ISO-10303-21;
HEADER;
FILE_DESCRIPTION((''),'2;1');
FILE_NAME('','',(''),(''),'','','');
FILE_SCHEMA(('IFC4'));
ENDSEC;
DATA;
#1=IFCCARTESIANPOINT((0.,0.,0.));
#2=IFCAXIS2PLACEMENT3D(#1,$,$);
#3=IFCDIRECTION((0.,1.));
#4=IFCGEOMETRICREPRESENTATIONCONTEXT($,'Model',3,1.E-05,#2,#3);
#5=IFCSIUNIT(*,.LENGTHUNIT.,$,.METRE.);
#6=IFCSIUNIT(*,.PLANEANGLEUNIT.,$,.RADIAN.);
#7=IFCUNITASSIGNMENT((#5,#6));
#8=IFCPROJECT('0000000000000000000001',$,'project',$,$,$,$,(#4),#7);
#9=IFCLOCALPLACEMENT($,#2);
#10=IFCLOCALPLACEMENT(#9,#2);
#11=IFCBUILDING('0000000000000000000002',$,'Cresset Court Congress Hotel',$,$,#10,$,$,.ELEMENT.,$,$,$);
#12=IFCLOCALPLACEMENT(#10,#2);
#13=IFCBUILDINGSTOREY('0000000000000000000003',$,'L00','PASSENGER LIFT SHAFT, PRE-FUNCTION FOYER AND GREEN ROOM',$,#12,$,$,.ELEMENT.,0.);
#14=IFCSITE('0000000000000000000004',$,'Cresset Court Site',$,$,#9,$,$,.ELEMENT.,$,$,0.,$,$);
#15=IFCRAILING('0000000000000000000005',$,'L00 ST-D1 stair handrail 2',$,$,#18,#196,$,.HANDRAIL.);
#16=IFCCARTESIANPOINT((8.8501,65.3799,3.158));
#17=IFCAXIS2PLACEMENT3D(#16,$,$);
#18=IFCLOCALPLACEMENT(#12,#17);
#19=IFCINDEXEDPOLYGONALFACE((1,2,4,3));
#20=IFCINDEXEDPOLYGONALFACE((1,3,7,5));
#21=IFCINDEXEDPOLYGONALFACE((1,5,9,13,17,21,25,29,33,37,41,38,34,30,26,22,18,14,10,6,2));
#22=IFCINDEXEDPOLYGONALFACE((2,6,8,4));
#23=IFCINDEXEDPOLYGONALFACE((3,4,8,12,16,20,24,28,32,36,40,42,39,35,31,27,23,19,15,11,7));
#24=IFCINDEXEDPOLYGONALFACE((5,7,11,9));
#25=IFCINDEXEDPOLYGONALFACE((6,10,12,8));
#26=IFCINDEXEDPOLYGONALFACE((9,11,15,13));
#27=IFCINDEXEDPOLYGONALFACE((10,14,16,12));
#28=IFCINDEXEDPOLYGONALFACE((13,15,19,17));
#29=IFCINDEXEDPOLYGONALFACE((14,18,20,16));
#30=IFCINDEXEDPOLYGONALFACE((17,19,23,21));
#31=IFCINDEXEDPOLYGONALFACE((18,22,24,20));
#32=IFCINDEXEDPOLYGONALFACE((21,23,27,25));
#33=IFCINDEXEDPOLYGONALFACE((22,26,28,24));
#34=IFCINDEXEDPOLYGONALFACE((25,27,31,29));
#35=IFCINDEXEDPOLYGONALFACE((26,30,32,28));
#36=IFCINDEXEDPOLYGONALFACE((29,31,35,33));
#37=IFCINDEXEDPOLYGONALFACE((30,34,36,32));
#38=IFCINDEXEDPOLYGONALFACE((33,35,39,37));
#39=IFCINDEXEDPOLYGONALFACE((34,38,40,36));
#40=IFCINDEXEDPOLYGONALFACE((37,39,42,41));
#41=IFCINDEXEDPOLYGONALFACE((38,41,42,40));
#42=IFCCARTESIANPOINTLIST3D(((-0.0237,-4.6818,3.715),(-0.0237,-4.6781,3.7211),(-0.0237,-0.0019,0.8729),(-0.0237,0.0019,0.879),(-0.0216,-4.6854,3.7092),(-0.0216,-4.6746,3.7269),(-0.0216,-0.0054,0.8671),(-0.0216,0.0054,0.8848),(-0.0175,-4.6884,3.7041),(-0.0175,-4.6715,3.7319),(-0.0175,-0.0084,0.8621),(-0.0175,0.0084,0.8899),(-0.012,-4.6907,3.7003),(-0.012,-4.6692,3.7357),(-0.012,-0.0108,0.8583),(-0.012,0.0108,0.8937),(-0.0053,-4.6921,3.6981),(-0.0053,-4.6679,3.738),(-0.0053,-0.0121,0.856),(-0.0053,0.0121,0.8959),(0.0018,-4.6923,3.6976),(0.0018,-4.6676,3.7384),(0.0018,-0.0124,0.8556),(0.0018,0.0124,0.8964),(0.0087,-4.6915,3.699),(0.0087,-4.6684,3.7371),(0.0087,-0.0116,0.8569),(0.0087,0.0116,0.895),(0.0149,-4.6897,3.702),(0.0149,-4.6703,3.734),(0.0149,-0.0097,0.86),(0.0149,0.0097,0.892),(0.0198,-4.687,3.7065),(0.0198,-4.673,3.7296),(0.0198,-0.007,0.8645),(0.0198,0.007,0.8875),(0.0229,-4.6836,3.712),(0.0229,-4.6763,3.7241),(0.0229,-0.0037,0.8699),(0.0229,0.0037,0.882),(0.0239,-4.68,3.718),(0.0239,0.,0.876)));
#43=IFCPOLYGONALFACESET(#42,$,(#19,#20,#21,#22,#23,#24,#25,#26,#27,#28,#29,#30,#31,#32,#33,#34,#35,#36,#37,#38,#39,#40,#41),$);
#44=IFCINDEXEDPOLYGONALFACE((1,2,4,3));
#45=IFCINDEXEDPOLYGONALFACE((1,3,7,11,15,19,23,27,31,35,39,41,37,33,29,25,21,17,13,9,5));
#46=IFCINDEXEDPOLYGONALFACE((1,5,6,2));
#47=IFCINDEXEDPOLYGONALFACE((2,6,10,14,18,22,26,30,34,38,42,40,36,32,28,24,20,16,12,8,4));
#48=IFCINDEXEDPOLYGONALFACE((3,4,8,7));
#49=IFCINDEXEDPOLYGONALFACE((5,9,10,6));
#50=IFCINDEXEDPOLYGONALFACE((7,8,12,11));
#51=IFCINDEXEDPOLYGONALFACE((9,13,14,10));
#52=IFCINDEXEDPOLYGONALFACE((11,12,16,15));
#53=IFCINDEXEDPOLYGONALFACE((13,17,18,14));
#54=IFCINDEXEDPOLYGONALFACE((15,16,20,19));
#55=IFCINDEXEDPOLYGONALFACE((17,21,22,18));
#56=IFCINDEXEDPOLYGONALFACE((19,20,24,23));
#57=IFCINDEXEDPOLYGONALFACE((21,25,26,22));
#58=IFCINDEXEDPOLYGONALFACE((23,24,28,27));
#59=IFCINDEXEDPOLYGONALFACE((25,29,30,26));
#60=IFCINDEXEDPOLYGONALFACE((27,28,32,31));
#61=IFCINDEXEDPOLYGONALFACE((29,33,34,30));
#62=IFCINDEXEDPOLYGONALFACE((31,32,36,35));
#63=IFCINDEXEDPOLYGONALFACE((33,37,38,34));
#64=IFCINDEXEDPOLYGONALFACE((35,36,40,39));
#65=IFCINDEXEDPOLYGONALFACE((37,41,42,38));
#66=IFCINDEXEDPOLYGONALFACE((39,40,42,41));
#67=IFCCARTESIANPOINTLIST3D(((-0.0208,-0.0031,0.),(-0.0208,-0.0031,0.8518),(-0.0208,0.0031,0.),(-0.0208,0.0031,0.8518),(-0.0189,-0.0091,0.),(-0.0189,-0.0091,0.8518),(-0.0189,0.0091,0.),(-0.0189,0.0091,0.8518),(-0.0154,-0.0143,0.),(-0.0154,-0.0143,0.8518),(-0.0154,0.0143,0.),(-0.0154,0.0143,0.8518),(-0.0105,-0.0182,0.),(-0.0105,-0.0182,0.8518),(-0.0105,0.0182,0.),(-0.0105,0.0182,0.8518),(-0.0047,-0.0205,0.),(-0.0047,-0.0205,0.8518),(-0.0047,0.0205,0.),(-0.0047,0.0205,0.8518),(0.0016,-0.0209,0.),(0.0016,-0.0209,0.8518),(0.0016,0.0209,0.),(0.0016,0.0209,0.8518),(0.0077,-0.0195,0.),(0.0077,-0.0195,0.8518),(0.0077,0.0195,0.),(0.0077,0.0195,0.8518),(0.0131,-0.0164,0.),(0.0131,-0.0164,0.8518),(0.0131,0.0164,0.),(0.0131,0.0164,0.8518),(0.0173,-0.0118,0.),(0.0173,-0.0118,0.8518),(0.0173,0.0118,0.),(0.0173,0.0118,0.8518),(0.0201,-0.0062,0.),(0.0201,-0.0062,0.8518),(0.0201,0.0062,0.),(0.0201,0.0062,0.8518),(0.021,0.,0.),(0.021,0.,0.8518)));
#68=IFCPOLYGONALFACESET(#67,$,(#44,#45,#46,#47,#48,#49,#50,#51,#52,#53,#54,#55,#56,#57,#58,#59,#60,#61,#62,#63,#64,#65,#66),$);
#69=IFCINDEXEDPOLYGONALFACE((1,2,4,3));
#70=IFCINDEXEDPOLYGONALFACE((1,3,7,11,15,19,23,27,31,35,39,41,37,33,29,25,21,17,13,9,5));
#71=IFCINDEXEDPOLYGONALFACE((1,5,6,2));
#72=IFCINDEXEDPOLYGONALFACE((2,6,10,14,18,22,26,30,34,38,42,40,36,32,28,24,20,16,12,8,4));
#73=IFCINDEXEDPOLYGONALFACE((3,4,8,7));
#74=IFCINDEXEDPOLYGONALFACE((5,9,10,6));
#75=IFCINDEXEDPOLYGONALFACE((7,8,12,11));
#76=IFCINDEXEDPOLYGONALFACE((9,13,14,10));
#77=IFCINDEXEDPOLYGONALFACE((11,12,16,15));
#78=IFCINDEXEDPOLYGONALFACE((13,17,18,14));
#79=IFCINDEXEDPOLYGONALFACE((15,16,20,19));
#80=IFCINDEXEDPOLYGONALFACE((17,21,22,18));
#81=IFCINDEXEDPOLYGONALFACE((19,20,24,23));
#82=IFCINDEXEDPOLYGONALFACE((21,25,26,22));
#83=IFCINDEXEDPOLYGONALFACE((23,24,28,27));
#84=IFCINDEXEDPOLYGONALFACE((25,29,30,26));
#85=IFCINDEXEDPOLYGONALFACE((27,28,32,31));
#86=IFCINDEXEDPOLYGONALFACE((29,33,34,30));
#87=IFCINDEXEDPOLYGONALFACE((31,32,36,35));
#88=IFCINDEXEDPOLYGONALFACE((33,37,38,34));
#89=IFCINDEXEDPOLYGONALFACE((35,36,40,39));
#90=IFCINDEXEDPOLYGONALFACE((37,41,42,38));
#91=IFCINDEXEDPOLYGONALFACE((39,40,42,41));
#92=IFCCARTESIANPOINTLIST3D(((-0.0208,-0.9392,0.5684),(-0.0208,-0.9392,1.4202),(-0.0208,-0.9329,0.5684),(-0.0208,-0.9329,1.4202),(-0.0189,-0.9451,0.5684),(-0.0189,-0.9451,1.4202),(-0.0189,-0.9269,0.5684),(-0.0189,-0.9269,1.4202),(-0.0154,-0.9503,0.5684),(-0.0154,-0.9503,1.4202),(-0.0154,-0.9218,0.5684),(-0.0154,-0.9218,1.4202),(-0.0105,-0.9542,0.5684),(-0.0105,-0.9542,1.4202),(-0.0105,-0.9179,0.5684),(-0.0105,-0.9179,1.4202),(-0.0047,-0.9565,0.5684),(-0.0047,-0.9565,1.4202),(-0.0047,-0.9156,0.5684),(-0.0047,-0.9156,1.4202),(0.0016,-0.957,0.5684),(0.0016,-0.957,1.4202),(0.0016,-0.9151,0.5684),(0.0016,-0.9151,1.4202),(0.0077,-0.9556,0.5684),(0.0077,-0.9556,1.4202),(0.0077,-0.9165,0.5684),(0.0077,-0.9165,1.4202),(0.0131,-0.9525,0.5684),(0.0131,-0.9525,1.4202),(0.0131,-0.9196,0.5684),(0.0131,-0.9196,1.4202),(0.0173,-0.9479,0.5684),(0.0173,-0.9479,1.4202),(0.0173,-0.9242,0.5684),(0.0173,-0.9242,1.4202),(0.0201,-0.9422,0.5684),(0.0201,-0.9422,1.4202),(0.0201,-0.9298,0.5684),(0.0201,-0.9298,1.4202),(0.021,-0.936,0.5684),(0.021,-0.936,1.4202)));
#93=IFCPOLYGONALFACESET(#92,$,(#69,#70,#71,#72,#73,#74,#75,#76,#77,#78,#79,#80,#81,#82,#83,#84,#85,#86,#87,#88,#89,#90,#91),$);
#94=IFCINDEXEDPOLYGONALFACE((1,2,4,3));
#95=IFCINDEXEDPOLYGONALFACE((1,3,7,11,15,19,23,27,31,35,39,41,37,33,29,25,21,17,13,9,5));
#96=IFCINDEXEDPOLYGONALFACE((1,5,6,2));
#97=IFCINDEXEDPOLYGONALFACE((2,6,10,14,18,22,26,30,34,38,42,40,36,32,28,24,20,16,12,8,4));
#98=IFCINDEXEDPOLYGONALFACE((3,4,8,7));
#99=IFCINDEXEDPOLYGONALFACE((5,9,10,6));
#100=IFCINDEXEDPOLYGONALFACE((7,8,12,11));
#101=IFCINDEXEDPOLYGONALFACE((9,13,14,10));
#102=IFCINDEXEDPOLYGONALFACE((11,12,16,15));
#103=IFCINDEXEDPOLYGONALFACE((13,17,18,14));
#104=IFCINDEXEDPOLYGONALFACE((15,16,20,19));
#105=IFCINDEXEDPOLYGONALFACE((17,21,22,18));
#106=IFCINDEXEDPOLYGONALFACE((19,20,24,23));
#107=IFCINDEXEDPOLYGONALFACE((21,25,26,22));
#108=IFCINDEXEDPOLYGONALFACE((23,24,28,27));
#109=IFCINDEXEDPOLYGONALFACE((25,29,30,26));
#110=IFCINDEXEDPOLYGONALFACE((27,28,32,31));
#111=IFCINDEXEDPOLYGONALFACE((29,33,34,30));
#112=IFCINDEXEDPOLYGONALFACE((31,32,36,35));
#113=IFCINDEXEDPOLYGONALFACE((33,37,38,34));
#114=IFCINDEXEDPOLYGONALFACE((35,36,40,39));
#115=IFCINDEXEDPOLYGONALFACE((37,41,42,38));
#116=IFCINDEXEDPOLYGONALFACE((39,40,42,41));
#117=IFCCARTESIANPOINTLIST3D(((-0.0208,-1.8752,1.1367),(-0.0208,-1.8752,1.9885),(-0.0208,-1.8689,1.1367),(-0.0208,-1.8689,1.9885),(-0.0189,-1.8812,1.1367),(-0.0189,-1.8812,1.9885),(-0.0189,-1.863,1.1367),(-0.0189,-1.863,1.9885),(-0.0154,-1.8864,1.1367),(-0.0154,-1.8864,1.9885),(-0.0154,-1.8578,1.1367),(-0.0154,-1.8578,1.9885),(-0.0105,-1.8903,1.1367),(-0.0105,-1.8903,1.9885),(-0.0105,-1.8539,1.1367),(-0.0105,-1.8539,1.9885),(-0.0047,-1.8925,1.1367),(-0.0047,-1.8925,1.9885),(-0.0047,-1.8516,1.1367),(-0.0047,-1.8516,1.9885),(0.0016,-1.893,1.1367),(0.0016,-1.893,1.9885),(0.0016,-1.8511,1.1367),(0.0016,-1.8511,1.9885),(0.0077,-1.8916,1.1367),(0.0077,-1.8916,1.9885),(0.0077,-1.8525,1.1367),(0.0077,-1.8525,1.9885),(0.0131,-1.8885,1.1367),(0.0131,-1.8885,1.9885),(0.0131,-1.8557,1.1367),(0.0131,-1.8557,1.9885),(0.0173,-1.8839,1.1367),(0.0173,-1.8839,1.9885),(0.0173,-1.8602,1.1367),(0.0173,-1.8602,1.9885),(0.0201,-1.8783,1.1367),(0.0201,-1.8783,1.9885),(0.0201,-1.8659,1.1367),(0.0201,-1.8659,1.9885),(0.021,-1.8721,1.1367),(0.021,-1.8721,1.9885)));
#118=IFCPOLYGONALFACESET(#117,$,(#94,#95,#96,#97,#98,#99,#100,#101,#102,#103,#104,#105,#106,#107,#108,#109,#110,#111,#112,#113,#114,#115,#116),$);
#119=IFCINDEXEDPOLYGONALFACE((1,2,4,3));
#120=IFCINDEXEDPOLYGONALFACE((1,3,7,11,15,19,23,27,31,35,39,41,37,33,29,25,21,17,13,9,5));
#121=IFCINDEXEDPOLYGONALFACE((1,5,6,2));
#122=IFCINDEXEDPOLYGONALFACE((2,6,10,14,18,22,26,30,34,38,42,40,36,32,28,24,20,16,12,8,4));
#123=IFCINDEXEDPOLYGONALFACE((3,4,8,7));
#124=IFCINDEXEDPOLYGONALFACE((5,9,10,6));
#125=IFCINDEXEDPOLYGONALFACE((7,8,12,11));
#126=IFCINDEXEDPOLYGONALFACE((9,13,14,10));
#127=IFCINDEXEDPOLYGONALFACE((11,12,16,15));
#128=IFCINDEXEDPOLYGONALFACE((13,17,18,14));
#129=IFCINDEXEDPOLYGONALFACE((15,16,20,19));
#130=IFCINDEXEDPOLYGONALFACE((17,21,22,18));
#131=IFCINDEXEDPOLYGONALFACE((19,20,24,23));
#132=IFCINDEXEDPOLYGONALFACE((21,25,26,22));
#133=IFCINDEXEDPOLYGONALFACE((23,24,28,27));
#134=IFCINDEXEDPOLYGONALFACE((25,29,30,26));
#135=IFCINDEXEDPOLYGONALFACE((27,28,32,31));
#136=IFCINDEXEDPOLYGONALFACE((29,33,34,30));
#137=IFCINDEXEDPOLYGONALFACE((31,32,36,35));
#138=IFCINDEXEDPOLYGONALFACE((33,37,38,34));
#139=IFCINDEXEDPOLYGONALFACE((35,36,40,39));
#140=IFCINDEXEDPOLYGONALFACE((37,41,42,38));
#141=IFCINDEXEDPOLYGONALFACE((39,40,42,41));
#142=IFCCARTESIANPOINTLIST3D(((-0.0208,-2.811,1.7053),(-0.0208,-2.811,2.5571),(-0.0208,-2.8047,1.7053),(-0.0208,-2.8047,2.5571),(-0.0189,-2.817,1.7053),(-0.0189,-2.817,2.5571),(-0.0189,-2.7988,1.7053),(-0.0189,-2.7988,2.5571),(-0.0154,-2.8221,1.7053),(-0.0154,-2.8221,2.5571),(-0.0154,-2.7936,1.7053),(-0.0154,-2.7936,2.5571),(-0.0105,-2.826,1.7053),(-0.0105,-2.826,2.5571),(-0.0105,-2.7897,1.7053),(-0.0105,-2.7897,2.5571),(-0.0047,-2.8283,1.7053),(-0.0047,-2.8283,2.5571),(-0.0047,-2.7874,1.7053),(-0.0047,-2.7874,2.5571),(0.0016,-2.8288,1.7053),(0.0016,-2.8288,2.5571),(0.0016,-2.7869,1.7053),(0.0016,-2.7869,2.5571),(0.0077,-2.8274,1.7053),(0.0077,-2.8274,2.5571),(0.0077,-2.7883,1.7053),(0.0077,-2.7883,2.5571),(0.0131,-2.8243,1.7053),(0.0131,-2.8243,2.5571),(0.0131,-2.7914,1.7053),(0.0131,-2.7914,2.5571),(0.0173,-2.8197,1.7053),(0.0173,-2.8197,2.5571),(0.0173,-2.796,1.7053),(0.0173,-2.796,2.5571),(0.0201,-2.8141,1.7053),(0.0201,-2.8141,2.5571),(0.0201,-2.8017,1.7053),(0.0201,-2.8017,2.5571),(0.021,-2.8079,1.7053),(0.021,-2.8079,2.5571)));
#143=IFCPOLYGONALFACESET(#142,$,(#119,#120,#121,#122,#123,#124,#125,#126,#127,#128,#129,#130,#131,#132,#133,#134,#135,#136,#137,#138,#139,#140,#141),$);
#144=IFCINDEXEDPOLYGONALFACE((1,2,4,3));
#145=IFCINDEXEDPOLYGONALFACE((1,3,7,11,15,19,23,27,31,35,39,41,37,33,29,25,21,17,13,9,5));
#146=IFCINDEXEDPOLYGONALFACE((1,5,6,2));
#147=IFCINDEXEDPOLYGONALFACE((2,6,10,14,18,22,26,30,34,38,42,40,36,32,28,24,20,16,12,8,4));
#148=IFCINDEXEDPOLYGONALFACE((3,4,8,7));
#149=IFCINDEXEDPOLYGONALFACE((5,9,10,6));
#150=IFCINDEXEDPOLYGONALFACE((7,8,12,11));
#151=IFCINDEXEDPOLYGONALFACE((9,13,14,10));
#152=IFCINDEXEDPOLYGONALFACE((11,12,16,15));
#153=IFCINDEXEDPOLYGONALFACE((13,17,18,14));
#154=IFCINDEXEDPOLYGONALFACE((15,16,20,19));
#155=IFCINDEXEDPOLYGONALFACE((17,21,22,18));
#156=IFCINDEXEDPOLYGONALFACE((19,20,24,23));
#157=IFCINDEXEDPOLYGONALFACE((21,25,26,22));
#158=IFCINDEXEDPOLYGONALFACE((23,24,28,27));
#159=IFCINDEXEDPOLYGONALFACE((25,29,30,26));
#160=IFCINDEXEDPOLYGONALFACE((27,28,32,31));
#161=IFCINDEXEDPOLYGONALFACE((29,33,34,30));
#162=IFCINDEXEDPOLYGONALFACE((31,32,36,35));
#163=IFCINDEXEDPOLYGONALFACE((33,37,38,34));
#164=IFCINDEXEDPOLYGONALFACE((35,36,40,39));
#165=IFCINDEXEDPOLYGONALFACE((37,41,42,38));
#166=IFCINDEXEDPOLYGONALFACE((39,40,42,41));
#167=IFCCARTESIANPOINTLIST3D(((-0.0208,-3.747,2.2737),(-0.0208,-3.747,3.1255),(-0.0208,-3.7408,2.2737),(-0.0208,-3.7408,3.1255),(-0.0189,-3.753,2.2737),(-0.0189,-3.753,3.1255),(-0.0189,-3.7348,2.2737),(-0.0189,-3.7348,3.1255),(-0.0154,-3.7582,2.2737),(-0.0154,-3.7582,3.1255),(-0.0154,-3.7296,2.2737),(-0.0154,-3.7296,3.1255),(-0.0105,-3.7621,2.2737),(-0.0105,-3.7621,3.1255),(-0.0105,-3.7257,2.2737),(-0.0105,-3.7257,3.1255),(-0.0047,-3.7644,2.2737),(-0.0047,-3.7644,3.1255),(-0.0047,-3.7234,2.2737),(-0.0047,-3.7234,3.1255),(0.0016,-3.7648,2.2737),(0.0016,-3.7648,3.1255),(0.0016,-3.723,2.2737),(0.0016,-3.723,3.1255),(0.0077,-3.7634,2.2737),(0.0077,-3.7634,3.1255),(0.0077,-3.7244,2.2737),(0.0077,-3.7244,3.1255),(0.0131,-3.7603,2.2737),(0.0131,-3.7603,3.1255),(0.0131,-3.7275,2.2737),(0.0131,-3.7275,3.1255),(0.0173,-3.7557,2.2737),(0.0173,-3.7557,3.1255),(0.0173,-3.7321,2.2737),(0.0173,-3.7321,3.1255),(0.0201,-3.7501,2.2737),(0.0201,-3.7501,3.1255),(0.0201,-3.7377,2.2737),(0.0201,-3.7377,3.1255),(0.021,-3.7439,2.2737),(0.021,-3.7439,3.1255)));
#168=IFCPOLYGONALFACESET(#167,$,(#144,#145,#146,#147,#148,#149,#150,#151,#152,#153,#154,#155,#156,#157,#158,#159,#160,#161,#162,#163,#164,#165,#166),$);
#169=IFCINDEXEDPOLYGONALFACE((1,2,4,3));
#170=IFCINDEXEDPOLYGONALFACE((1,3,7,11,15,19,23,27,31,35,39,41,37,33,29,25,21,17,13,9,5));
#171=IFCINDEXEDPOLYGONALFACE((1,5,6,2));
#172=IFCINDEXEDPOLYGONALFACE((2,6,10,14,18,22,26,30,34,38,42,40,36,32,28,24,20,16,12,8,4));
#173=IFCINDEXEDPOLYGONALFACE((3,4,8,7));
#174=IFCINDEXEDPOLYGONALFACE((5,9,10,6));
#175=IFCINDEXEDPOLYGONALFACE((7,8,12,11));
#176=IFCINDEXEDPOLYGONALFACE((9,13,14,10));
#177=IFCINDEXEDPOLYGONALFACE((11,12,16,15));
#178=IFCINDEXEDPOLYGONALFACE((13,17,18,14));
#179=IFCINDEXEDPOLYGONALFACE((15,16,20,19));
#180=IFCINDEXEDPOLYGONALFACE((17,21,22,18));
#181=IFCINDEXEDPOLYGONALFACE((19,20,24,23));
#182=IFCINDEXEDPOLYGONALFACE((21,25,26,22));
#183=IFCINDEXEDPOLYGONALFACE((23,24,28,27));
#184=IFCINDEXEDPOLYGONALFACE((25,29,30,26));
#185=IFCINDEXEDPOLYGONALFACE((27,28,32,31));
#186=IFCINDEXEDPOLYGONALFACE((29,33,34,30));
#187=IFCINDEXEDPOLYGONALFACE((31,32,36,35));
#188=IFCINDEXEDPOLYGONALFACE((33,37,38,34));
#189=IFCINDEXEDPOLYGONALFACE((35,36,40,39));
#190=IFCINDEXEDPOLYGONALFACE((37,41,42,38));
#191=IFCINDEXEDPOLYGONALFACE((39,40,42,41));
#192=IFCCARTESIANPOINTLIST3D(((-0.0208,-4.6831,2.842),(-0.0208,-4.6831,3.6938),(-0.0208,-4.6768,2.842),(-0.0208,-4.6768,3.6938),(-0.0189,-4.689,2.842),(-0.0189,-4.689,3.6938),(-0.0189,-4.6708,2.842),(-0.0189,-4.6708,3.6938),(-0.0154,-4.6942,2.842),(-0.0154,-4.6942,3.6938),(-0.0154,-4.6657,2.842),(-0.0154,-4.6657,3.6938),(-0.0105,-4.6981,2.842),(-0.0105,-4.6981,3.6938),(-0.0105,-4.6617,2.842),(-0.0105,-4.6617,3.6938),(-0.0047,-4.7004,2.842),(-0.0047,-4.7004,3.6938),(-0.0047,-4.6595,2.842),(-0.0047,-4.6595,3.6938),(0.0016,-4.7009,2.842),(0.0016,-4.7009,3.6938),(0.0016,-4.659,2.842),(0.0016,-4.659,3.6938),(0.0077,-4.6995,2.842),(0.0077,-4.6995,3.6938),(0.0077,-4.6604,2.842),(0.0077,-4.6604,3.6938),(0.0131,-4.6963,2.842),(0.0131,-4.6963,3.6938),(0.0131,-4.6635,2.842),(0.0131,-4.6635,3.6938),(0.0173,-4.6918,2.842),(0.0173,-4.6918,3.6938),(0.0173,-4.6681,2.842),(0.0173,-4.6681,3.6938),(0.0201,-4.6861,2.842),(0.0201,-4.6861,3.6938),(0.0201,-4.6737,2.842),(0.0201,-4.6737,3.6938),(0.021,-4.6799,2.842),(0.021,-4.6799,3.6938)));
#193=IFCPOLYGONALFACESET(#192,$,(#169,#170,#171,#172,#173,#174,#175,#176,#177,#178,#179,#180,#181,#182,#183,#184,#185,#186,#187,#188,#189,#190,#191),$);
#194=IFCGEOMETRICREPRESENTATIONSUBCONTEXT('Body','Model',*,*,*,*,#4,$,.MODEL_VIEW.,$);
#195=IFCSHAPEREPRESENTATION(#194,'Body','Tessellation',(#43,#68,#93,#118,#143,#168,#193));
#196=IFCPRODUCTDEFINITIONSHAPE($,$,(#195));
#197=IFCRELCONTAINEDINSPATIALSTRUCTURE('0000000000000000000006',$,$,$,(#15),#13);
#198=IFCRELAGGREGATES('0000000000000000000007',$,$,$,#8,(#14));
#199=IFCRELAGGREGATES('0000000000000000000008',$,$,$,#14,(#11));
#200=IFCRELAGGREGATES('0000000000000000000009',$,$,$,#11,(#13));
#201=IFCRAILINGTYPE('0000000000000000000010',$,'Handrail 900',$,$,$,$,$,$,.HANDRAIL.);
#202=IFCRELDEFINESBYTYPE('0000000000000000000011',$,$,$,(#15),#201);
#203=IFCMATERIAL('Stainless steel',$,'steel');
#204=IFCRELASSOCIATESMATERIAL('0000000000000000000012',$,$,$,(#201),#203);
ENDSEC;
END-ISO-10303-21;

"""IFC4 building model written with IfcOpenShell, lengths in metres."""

from ifc_helpers import new_model, si_unit, direction, frame, origin, origin_2d, place, context, subcontext, project, spatial, circle, extrude, material, type_object, element, save


model = new_model("IFC4")

# Units and contexts
model_context = context("Model", 3, precision=1e-05, world=origin(), true_north=direction((0.0, 1.0)))
body_context = subcontext(model_context, "Body", "Model", "MODEL_VIEW")
ifc_project = project(units=[si_unit("LENGTHUNIT", "METRE"), si_unit("PLANEANGLEUNIT", "RADIAN")], contexts=[model_context])

# Site, building, storey
site_placement = place(None, origin())
site = spatial("IfcSite", under=ifc_project, at=site_placement, Name="Cresset Court Site", CompositionType="ELEMENT", RefElevation=0.0)
building_placement = place(site_placement, origin())
building = spatial("IfcBuilding", under=site, at=building_placement, Name="Cresset Court Congress Hotel", CompositionType="ELEMENT")
storey_placement = place(building_placement, origin())
storey = spatial("IfcBuildingStorey", under=building, at=storey_placement, Name="L00", Description="PASSENGER LIFT SHAFT, PRE-FUNCTION FOYER AND GREEN ROOM", CompositionType="ELEMENT", Elevation=0.0)

# Railing
ifc_material_1 = material(Name="Stainless steel", Category="steel")
railing_type_1 = type_object("IfcRailingType", Name="Handrail 900", PredefinedType="HANDRAIL", material=ifc_material_1)
railing_1_placement = place(storey_placement, frame((8.8501, 65.3799, 3.158)))
element("IfcRailing", 1, at=railing_1_placement, inside=storey, type_object=railing_type_1, Name="L00 ST-D1 stair handrail 2", PredefinedType="HANDRAIL", context=body_context, shape_type="SweptSolid", body=[
    extrude(circle(Radius=0.0239, at=origin_2d()), frame((0.0, 0.0, 0.876), z_axis=(0.0, -0.854735, 0.519065), x_axis=(1.0, 0.0, 0.0)), (0.0, 0.0, 1.0), 5.4753),
    extrude(circle(Radius=0.021, at=origin_2d()), origin(), (0.0, 0.0, 1.0), 0.8518),
    extrude(circle(Radius=0.021, at=origin_2d()), frame((0.0, -0.936, 0.5684)), (0.0, 0.0, 1.0), 0.8518),
    extrude(circle(Radius=0.021, at=origin_2d()), frame((0.0, -1.8721, 1.1367)), (0.0, 0.0, 1.0), 0.8518),
    extrude(circle(Radius=0.021, at=origin_2d()), frame((0.0, -2.8079, 1.7053)), (0.0, 0.0, 1.0), 0.8518),
    extrude(circle(Radius=0.021, at=origin_2d()), frame((0.0, -3.7439, 2.2737)), (0.0, 0.0, 1.0), 0.8518),
    extrude(circle(Radius=0.021, at=origin_2d()), frame((0.0, -4.6799, 2.842)), (0.0, 0.0, 1.0), 0.8518),
])

save(model, "model.ifc")
